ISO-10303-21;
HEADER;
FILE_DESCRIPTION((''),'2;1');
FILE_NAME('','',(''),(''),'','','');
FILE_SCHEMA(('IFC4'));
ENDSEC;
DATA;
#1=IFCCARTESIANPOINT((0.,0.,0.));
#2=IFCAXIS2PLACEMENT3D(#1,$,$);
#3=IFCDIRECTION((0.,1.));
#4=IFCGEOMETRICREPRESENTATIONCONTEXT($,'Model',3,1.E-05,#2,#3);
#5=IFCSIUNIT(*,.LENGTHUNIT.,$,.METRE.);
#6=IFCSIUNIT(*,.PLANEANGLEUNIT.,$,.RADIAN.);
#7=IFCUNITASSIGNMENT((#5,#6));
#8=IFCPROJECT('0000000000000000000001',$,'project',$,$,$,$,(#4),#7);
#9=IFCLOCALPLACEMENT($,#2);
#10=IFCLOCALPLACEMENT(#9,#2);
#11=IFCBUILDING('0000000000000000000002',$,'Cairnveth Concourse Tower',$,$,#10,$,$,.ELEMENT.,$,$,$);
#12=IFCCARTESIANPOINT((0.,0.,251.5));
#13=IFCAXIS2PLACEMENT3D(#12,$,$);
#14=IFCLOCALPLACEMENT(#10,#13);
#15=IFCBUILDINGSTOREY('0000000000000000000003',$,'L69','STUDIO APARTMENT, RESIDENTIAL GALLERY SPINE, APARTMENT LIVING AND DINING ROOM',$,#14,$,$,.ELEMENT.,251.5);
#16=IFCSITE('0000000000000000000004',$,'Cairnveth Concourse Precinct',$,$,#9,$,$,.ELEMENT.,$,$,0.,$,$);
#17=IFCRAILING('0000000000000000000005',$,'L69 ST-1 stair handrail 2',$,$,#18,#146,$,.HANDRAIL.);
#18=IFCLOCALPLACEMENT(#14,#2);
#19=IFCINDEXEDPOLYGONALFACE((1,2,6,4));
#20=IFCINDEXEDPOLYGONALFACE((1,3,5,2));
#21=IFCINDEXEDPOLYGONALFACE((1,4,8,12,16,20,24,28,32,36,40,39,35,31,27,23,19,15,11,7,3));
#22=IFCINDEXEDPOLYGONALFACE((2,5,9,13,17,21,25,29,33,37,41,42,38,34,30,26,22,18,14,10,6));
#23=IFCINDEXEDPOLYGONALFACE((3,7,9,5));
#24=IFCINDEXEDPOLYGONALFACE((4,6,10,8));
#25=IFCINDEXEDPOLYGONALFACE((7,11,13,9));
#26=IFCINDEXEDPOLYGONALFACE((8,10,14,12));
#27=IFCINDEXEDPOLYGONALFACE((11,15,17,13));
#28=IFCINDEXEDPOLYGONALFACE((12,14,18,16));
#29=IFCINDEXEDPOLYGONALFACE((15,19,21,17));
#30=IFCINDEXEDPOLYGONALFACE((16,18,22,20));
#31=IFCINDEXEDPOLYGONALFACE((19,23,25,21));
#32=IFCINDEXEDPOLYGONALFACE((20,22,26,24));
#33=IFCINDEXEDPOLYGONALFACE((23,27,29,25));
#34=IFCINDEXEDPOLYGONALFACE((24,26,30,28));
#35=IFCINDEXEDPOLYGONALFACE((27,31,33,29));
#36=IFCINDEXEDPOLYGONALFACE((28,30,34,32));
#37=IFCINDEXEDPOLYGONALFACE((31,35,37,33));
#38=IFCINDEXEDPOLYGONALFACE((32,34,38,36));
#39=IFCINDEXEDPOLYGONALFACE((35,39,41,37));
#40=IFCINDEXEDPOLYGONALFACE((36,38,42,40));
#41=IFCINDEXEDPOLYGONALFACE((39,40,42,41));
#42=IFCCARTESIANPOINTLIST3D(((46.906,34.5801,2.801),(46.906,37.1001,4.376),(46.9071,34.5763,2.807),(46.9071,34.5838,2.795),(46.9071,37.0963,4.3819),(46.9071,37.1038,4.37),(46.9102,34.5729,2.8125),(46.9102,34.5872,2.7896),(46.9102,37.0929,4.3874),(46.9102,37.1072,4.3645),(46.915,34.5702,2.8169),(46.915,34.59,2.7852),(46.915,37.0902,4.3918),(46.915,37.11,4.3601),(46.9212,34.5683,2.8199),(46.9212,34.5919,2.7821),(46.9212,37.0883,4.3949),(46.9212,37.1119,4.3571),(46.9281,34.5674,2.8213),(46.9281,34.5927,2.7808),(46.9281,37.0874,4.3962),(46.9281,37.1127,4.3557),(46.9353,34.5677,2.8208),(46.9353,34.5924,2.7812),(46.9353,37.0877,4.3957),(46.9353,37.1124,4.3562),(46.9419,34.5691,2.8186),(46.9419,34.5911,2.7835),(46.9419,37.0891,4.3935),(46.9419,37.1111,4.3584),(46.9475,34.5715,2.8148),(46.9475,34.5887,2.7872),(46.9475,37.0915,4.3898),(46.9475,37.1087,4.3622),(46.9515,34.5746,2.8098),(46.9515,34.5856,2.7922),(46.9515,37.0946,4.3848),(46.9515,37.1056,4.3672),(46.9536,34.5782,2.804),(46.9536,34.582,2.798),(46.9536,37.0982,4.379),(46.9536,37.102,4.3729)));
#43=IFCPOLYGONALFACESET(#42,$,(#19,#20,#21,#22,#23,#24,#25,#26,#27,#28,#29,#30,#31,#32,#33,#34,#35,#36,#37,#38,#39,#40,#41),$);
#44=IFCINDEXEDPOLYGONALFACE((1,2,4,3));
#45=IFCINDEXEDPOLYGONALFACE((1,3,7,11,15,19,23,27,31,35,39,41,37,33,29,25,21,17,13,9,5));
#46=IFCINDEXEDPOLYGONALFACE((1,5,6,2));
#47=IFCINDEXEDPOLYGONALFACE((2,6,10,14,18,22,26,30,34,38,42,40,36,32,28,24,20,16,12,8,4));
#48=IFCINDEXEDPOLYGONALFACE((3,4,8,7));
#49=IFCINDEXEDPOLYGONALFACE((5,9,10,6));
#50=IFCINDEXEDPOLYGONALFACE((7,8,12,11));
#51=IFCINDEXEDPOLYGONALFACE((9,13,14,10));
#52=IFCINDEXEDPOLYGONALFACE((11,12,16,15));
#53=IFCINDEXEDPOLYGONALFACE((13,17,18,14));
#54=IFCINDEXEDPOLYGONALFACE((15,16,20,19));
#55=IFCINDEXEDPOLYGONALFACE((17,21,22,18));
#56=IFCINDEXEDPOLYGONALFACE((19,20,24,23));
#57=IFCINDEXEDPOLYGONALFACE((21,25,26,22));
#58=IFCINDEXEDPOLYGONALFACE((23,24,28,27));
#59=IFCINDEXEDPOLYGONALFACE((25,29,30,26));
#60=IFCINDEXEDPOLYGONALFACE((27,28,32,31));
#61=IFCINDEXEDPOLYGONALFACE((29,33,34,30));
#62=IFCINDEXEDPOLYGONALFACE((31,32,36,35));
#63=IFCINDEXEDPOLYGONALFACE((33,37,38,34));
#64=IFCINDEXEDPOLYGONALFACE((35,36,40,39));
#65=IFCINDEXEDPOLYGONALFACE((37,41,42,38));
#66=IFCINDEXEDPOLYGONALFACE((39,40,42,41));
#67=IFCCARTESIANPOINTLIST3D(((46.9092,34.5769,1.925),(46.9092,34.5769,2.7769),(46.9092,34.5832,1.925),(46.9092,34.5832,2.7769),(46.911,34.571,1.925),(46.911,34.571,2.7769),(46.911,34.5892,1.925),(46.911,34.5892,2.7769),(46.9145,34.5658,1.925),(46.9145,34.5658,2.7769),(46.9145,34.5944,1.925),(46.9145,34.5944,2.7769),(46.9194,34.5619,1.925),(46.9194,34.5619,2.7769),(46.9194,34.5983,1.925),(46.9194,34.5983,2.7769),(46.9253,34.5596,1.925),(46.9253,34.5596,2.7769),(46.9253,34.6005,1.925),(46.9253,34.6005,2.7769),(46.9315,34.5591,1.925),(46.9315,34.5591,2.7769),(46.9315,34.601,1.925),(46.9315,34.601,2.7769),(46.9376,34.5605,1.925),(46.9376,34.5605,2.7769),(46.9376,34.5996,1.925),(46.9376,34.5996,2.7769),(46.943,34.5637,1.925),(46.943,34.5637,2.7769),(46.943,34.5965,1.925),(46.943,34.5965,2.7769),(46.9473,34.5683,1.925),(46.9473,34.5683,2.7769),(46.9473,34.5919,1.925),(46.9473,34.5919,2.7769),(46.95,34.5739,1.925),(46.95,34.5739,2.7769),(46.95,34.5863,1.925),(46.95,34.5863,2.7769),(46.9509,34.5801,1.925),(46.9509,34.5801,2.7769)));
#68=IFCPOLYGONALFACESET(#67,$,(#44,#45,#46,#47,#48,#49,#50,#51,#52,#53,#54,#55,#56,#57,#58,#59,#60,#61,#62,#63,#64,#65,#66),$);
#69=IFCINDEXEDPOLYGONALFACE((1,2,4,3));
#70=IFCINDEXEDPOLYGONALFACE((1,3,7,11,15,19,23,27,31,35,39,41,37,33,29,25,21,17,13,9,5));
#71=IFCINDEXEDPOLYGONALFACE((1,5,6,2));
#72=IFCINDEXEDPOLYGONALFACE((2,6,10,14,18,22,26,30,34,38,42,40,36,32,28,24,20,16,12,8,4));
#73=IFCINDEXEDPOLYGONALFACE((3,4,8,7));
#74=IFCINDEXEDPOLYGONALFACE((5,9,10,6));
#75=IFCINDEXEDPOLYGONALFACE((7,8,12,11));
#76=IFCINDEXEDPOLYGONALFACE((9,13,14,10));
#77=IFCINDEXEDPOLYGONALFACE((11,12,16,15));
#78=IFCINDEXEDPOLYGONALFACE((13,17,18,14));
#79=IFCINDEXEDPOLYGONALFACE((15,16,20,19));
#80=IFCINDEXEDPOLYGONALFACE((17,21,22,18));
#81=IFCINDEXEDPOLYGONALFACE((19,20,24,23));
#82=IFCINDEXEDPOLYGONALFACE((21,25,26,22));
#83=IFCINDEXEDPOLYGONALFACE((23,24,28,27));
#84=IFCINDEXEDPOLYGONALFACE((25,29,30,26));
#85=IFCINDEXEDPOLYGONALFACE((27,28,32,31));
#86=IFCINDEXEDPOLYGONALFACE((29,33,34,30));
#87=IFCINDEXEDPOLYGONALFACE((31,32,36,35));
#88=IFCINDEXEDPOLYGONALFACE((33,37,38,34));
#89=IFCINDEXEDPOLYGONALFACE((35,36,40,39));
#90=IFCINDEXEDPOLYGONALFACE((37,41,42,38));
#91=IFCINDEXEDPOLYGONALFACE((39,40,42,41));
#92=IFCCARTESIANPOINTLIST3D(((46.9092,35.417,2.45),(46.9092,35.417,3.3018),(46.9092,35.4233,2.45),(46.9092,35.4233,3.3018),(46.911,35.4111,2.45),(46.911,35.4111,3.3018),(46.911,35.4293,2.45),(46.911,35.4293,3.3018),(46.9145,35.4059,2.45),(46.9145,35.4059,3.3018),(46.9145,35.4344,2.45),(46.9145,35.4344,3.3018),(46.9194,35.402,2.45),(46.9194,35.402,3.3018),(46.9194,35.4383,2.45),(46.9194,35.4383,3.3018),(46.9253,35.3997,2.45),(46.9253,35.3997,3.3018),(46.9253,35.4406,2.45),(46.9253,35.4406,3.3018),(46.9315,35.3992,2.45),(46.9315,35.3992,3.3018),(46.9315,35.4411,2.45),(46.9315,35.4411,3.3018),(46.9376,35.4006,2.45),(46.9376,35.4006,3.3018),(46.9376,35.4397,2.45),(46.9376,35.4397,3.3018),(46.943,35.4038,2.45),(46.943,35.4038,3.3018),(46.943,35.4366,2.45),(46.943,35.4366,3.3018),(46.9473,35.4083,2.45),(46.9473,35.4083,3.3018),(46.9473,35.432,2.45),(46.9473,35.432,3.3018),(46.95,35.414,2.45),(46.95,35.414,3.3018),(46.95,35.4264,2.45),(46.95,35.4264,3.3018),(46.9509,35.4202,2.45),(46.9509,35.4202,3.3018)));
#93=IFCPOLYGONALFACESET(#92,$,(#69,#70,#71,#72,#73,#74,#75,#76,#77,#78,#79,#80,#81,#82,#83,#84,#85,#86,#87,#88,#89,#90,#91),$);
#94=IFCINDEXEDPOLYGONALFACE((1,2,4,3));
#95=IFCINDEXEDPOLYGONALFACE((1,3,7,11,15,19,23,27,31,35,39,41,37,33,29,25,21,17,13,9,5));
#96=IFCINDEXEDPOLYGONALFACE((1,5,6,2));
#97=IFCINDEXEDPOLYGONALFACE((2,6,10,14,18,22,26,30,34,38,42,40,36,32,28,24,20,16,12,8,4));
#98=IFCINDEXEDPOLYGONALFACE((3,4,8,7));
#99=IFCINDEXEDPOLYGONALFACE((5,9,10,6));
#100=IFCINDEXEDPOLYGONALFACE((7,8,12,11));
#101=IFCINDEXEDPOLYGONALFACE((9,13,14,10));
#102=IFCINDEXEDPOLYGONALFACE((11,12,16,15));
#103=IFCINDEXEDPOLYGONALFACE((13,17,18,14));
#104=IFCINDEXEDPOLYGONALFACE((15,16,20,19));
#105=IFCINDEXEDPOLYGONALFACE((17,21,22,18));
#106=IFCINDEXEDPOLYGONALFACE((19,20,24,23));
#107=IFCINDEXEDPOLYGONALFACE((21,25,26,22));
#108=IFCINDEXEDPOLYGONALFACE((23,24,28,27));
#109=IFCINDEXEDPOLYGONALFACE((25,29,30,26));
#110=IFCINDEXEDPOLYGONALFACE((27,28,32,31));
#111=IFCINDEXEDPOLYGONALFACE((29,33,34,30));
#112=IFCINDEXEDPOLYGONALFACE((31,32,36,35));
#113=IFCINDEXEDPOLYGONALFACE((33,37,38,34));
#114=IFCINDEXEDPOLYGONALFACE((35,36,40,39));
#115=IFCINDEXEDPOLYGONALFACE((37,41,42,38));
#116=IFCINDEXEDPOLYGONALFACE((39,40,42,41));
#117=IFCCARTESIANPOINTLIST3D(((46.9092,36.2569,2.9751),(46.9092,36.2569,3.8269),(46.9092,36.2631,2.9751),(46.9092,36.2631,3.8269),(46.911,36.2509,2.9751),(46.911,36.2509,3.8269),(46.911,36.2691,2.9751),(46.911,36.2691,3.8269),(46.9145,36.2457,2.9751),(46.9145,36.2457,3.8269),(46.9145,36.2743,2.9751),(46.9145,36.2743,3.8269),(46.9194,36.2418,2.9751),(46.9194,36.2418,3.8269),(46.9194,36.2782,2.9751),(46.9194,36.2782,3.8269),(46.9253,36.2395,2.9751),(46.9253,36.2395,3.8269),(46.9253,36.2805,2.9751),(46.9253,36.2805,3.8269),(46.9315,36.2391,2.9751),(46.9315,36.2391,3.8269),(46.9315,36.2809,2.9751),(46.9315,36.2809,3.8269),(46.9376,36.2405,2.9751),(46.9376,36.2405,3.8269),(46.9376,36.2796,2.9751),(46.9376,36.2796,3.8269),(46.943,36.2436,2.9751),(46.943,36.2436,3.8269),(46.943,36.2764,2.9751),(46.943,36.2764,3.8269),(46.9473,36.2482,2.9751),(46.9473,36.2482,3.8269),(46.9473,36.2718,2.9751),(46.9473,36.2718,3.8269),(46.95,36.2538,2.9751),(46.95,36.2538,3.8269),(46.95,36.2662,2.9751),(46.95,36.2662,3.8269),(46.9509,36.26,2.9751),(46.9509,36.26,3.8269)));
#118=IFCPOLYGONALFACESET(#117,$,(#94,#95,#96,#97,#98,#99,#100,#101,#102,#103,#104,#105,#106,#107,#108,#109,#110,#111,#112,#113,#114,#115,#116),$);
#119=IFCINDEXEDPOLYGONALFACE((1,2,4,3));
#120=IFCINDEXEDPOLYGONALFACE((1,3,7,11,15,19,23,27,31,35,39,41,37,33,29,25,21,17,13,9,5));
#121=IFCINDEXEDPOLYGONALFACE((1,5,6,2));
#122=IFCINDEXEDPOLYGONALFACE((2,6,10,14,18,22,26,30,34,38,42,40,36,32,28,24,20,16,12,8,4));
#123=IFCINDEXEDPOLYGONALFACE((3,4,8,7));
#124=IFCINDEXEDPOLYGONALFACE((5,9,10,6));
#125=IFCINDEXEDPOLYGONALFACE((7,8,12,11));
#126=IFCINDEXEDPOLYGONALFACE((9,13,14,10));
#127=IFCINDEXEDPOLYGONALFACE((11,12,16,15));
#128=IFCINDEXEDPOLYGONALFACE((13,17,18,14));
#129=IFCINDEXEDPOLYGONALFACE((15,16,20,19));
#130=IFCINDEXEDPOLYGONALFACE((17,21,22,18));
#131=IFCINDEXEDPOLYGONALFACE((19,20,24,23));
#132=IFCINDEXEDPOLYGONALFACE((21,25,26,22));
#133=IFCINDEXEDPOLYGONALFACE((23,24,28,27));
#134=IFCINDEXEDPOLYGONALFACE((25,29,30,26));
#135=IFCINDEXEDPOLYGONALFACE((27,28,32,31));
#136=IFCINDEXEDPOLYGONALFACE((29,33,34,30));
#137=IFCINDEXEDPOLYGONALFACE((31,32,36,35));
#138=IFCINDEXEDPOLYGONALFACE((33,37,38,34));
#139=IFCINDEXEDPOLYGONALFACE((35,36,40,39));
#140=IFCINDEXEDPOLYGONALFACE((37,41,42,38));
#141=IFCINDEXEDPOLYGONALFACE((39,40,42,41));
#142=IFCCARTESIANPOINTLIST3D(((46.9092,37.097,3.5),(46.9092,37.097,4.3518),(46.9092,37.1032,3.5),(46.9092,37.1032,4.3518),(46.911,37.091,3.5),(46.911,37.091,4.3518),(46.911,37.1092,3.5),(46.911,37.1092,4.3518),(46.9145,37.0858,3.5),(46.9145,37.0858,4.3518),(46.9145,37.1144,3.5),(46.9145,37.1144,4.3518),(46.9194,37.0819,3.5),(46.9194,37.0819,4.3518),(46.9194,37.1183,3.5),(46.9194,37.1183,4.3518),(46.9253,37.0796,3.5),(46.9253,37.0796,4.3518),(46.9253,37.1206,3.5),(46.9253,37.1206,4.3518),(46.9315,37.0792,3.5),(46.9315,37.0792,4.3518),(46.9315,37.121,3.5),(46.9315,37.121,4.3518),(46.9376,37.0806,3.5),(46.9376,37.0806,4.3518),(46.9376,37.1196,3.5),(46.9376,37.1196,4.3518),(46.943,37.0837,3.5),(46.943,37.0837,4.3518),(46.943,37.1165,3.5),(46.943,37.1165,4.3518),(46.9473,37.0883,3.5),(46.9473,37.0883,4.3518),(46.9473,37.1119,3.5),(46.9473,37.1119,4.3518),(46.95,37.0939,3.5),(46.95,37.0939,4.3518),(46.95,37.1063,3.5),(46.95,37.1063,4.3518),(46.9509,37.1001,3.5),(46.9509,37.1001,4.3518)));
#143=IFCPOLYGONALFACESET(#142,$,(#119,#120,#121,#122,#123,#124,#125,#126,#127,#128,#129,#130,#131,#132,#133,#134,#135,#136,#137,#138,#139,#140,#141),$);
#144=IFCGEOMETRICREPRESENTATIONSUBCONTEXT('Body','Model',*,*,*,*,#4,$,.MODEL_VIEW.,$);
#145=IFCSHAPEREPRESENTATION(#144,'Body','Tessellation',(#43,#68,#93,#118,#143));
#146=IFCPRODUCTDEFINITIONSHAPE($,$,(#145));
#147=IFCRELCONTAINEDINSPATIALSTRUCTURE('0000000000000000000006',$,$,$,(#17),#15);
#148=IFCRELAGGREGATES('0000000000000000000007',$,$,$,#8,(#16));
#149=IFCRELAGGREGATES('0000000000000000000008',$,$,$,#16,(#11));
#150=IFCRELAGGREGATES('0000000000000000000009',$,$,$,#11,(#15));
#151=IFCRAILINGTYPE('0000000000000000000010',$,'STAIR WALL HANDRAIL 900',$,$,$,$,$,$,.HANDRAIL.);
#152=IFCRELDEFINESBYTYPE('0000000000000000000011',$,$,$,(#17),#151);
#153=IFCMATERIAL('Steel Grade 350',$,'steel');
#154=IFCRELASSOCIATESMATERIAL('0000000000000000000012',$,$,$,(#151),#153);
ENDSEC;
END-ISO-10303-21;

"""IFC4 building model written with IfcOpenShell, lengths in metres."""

from ifc_helpers import new_model, si_unit, direction, frame, origin, origin_2d, place, context, subcontext, project, spatial, circle, extrude, material, type_object, element, save


model = new_model("IFC4")

# Units and contexts
model_context = context("Model", 3, precision=1e-05, world=origin(), true_north=direction((0.0, 1.0)))
body_context = subcontext(model_context, "Body", "Model", "MODEL_VIEW")
ifc_project = project(units=[si_unit("LENGTHUNIT", "METRE"), si_unit("PLANEANGLEUNIT", "RADIAN")], contexts=[model_context])

# Site, building, storey
site_placement = place(None, origin())
site = spatial("IfcSite", under=ifc_project, at=site_placement, Name="Cairnveth Concourse Precinct", CompositionType="ELEMENT", RefElevation=0.0)
building_placement = place(site_placement, origin())
building = spatial("IfcBuilding", under=site, at=building_placement, Name="Cairnveth Concourse Tower", CompositionType="ELEMENT")
storey_placement = place(building_placement, frame((0.0, 0.0, 251.5)))
storey = spatial("IfcBuildingStorey", under=building, at=storey_placement, Name="L69", Description="STUDIO APARTMENT, RESIDENTIAL GALLERY SPINE, APARTMENT LIVING AND DINING ROOM", CompositionType="ELEMENT", Elevation=251.5)

# Railing
ifc_material_1 = material(Name="Steel Grade 350", Category="steel")
railing_type_1 = type_object("IfcRailingType", Name="STAIR WALL HANDRAIL 900", PredefinedType="HANDRAIL", material=ifc_material_1)
railing_1_placement = place(storey_placement, frame((46.9299, 34.5801, 1.925)))
element("IfcRailing", 1, at=railing_1_placement, inside=storey, type_object=railing_type_1, Name="L69 ST-1 stair handrail 2", PredefinedType="HANDRAIL", context=body_context, shape_type="SweptSolid", body=[
    extrude(circle(Radius=0.0239, at=origin_2d()), frame((0.0, 0.0, 0.876), z_axis=(0.0, 0.848008, 0.529984), x_axis=(-1.0, 0.0, 0.0)), (0.0, 0.0, 1.0), 2.9717),
    extrude(circle(Radius=0.021, at=origin_2d()), origin(), (0.0, 0.0, 1.0), 0.8518),
    extrude(circle(Radius=0.021, at=origin_2d()), frame((0.0, 0.8401, 0.5249)), (0.0, 0.0, 1.0), 0.8518),
    extrude(circle(Radius=0.021, at=origin_2d()), frame((0.0, 1.6799, 1.05)), (0.0, 0.0, 1.0), 0.8518),
    extrude(circle(Radius=0.021, at=origin_2d()), frame((0.0, 2.52, 1.575)), (0.0, 0.0, 1.0), 0.8518),
])

save(model, "model.ifc")
